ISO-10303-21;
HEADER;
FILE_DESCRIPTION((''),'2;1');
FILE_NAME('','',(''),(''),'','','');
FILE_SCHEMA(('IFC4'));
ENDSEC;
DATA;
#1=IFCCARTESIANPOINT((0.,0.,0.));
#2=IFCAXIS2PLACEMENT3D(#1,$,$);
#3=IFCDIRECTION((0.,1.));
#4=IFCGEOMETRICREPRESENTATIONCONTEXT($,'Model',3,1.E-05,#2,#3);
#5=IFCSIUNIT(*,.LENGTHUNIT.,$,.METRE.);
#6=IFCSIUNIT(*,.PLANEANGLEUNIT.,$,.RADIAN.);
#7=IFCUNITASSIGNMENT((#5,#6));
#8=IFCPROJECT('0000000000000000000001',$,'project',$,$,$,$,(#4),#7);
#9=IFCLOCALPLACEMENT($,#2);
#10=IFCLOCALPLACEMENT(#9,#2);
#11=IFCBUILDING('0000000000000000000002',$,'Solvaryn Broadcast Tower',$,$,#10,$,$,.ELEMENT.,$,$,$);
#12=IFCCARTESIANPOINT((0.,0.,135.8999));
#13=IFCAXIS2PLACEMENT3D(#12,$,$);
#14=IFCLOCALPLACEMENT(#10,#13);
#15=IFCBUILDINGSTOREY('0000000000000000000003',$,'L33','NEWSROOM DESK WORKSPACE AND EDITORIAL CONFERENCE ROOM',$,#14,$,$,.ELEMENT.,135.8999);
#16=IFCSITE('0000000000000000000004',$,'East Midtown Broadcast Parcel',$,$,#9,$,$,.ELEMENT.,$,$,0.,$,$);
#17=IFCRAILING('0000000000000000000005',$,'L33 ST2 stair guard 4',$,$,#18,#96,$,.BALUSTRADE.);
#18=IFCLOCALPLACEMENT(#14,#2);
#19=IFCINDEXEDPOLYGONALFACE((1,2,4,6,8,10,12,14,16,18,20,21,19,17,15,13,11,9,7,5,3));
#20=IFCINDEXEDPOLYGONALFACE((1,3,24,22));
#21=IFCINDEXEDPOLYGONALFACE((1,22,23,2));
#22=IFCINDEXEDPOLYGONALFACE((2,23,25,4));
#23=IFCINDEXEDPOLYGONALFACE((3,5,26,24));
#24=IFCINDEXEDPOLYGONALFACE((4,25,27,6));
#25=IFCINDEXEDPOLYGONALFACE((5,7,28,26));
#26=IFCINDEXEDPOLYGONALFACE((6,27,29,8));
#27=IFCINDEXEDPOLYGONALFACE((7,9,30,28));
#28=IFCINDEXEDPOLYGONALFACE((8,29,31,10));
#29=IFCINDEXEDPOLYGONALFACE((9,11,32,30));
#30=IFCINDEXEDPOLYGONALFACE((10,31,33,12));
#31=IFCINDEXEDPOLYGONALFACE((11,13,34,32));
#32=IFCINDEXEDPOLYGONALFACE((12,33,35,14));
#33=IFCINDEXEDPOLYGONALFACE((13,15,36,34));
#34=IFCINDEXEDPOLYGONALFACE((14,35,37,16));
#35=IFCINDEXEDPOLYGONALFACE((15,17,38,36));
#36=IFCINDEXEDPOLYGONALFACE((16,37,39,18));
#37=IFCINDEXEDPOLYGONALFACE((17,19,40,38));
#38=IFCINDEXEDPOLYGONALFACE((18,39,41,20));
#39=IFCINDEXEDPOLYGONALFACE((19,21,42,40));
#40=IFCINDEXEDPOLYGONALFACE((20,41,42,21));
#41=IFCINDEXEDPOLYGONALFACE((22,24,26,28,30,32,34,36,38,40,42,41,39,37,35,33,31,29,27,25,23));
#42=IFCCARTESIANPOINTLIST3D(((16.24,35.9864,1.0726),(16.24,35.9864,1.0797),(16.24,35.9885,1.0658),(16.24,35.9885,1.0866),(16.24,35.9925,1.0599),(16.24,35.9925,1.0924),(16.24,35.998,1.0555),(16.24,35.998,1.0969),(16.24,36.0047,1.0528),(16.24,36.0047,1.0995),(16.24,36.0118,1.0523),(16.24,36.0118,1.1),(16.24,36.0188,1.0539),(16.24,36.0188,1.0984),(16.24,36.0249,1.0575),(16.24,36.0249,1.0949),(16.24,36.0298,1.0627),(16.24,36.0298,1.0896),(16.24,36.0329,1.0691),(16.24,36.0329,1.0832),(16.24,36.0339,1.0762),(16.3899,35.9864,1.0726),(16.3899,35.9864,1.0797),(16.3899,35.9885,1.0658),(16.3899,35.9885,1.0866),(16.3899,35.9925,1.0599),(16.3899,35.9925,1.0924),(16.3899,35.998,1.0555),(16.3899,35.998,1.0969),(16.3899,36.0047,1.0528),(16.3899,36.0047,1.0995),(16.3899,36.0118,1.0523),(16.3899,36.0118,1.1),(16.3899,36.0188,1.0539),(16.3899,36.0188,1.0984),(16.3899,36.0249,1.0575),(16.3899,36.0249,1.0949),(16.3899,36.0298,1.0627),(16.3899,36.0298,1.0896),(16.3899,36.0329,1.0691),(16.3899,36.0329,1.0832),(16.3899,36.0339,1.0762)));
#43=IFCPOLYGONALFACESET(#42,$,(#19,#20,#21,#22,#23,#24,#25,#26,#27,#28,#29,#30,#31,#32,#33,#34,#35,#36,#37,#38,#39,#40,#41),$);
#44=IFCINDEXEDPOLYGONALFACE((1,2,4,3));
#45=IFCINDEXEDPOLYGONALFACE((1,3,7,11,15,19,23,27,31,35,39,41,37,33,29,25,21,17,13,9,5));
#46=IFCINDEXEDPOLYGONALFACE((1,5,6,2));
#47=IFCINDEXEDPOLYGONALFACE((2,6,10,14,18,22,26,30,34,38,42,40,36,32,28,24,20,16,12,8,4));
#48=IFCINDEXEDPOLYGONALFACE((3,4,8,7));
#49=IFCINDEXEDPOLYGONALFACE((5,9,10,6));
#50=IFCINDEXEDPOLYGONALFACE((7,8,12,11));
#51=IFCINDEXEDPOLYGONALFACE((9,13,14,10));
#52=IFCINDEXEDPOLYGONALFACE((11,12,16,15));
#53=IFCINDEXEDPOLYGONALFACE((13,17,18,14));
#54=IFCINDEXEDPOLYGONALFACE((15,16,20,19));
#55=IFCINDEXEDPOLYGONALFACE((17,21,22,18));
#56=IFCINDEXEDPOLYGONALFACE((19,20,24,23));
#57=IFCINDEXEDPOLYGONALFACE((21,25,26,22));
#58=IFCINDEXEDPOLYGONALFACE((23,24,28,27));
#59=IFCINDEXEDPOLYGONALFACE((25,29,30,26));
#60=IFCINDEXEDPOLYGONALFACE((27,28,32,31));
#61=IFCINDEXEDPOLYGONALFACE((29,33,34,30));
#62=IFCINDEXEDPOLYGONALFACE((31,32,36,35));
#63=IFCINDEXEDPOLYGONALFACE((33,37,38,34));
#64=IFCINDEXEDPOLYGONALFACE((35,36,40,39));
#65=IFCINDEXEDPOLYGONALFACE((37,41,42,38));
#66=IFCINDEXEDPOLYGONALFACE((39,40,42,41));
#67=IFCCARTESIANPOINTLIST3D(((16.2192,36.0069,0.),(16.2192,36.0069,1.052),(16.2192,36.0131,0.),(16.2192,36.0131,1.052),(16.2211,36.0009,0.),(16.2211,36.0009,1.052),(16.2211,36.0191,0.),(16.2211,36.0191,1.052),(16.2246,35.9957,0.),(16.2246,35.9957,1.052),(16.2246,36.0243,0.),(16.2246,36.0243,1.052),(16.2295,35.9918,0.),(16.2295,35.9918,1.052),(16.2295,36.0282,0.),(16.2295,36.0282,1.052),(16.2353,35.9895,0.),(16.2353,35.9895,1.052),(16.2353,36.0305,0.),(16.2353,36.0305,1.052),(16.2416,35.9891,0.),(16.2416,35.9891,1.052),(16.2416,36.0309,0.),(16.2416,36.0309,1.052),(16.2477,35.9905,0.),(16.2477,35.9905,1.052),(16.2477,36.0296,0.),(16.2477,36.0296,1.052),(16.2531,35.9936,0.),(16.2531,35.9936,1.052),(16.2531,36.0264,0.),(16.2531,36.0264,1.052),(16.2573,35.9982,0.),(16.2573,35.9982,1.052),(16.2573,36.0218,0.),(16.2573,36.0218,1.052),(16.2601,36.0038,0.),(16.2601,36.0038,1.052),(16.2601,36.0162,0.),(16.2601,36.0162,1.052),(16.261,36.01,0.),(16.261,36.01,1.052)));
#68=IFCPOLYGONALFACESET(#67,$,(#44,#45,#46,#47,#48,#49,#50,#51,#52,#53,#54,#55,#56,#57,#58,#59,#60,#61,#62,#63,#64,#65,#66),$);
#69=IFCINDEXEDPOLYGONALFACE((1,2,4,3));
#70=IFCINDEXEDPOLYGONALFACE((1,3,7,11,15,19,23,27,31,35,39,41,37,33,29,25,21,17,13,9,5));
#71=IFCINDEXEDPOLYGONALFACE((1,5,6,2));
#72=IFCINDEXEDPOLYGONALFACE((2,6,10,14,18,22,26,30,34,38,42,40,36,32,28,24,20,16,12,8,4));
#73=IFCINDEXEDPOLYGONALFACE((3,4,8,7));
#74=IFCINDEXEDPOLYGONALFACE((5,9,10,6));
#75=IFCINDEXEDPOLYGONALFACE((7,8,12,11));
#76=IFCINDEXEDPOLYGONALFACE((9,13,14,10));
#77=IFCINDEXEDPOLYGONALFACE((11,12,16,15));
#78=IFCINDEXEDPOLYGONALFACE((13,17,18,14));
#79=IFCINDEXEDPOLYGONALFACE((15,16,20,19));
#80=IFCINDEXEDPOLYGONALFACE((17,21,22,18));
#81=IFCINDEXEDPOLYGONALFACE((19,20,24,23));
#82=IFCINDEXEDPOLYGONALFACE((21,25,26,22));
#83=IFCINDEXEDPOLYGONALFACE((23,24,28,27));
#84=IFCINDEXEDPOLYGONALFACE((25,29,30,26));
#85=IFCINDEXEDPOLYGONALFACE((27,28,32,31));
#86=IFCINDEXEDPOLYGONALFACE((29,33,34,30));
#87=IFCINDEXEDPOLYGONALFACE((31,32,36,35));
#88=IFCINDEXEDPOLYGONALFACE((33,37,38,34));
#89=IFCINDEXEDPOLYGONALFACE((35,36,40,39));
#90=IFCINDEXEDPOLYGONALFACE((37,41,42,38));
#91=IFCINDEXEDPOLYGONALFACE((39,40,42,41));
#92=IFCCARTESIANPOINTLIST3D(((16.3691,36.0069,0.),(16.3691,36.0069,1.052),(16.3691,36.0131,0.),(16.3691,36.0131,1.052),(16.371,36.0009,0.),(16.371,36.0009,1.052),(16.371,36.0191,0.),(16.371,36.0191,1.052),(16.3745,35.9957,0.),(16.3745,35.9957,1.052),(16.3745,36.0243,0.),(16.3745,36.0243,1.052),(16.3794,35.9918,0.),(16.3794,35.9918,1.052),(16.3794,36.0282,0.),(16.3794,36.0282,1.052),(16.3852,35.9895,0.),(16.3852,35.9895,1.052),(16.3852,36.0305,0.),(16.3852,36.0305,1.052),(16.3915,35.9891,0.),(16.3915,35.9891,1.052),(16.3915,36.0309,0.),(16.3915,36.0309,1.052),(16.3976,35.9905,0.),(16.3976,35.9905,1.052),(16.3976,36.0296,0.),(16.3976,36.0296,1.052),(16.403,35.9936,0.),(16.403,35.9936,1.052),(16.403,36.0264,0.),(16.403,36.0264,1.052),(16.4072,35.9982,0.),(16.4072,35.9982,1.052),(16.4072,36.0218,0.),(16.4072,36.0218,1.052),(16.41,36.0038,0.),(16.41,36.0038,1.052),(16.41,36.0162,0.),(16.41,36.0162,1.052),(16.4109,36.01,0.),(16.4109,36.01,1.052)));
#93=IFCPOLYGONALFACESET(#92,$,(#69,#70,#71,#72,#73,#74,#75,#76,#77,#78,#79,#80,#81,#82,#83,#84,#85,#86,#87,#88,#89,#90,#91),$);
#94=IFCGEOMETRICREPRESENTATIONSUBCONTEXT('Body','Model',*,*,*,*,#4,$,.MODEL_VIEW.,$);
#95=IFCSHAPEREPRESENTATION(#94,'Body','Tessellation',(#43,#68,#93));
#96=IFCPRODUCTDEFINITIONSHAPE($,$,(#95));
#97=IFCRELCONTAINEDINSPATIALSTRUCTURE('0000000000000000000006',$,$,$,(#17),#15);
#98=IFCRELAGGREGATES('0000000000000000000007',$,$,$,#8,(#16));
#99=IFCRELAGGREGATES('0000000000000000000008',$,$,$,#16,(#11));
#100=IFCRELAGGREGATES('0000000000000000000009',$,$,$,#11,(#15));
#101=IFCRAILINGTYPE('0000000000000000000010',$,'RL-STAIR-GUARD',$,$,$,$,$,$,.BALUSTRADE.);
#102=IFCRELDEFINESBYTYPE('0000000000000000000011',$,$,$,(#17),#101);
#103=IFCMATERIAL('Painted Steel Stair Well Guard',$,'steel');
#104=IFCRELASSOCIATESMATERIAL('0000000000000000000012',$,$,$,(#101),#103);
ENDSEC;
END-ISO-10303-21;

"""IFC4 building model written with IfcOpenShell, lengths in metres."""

from ifc_helpers import new_model, si_unit, direction, frame, origin, origin_2d, place, context, subcontext, project, spatial, circle, extrude, material, type_object, element, save


model = new_model("IFC4")

# Units and contexts
model_context = context("Model", 3, precision=1e-05, world=origin(), true_north=direction((0.0, 1.0)))
body_context = subcontext(model_context, "Body", "Model", "MODEL_VIEW")
ifc_project = project(units=[si_unit("LENGTHUNIT", "METRE"), si_unit("PLANEANGLEUNIT", "RADIAN")], contexts=[model_context])

# Site, building, storey
site_placement = place(None, origin())
site = spatial("IfcSite", under=ifc_project, at=site_placement, Name="East Midtown Broadcast Parcel", CompositionType="ELEMENT", RefElevation=0.0)
building_placement = place(site_placement, origin())
building = spatial("IfcBuilding", under=site, at=building_placement, Name="Solvaryn Broadcast Tower", CompositionType="ELEMENT")
storey_placement = place(building_placement, frame((0.0, 0.0, 135.8999)))
storey = spatial("IfcBuildingStorey", under=building, at=storey_placement, Name="L33", Description="NEWSROOM DESK WORKSPACE AND EDITORIAL CONFERENCE ROOM", CompositionType="ELEMENT", Elevation=135.8999)

# Railing
ifc_material_1 = material(Name="Painted Steel Stair Well Guard", Category="steel")
railing_type_1 = type_object("IfcRailingType", Name="RL-STAIR-GUARD", PredefinedType="BALUSTRADE", material=ifc_material_1)
railing_1_placement = place(storey_placement, frame((16.24, 36.01, 0.0)))
element("IfcRailing", 1, at=railing_1_placement, inside=storey, type_object=railing_type_1, Name="L33 ST2 stair guard 4", PredefinedType="BALUSTRADE", context=body_context, shape_type="SweptSolid", body=[
    extrude(circle(Radius=0.0239, at=origin_2d()), frame((0.0, 0.0, 1.0762), z_axis=(1.0, 0.0, 0.0), x_axis=(0.0, 1.0, 0.0)), (0.0, 0.0, 1.0), 0.1499),
    extrude(circle(Radius=0.021, at=origin_2d()), origin(), (0.0, 0.0, 1.0), 1.052),
    extrude(circle(Radius=0.021, at=origin_2d()), frame((0.1499, 0.0, 0.0)), (0.0, 0.0, 1.0), 1.052),
])

save(model, "model.ifc")
